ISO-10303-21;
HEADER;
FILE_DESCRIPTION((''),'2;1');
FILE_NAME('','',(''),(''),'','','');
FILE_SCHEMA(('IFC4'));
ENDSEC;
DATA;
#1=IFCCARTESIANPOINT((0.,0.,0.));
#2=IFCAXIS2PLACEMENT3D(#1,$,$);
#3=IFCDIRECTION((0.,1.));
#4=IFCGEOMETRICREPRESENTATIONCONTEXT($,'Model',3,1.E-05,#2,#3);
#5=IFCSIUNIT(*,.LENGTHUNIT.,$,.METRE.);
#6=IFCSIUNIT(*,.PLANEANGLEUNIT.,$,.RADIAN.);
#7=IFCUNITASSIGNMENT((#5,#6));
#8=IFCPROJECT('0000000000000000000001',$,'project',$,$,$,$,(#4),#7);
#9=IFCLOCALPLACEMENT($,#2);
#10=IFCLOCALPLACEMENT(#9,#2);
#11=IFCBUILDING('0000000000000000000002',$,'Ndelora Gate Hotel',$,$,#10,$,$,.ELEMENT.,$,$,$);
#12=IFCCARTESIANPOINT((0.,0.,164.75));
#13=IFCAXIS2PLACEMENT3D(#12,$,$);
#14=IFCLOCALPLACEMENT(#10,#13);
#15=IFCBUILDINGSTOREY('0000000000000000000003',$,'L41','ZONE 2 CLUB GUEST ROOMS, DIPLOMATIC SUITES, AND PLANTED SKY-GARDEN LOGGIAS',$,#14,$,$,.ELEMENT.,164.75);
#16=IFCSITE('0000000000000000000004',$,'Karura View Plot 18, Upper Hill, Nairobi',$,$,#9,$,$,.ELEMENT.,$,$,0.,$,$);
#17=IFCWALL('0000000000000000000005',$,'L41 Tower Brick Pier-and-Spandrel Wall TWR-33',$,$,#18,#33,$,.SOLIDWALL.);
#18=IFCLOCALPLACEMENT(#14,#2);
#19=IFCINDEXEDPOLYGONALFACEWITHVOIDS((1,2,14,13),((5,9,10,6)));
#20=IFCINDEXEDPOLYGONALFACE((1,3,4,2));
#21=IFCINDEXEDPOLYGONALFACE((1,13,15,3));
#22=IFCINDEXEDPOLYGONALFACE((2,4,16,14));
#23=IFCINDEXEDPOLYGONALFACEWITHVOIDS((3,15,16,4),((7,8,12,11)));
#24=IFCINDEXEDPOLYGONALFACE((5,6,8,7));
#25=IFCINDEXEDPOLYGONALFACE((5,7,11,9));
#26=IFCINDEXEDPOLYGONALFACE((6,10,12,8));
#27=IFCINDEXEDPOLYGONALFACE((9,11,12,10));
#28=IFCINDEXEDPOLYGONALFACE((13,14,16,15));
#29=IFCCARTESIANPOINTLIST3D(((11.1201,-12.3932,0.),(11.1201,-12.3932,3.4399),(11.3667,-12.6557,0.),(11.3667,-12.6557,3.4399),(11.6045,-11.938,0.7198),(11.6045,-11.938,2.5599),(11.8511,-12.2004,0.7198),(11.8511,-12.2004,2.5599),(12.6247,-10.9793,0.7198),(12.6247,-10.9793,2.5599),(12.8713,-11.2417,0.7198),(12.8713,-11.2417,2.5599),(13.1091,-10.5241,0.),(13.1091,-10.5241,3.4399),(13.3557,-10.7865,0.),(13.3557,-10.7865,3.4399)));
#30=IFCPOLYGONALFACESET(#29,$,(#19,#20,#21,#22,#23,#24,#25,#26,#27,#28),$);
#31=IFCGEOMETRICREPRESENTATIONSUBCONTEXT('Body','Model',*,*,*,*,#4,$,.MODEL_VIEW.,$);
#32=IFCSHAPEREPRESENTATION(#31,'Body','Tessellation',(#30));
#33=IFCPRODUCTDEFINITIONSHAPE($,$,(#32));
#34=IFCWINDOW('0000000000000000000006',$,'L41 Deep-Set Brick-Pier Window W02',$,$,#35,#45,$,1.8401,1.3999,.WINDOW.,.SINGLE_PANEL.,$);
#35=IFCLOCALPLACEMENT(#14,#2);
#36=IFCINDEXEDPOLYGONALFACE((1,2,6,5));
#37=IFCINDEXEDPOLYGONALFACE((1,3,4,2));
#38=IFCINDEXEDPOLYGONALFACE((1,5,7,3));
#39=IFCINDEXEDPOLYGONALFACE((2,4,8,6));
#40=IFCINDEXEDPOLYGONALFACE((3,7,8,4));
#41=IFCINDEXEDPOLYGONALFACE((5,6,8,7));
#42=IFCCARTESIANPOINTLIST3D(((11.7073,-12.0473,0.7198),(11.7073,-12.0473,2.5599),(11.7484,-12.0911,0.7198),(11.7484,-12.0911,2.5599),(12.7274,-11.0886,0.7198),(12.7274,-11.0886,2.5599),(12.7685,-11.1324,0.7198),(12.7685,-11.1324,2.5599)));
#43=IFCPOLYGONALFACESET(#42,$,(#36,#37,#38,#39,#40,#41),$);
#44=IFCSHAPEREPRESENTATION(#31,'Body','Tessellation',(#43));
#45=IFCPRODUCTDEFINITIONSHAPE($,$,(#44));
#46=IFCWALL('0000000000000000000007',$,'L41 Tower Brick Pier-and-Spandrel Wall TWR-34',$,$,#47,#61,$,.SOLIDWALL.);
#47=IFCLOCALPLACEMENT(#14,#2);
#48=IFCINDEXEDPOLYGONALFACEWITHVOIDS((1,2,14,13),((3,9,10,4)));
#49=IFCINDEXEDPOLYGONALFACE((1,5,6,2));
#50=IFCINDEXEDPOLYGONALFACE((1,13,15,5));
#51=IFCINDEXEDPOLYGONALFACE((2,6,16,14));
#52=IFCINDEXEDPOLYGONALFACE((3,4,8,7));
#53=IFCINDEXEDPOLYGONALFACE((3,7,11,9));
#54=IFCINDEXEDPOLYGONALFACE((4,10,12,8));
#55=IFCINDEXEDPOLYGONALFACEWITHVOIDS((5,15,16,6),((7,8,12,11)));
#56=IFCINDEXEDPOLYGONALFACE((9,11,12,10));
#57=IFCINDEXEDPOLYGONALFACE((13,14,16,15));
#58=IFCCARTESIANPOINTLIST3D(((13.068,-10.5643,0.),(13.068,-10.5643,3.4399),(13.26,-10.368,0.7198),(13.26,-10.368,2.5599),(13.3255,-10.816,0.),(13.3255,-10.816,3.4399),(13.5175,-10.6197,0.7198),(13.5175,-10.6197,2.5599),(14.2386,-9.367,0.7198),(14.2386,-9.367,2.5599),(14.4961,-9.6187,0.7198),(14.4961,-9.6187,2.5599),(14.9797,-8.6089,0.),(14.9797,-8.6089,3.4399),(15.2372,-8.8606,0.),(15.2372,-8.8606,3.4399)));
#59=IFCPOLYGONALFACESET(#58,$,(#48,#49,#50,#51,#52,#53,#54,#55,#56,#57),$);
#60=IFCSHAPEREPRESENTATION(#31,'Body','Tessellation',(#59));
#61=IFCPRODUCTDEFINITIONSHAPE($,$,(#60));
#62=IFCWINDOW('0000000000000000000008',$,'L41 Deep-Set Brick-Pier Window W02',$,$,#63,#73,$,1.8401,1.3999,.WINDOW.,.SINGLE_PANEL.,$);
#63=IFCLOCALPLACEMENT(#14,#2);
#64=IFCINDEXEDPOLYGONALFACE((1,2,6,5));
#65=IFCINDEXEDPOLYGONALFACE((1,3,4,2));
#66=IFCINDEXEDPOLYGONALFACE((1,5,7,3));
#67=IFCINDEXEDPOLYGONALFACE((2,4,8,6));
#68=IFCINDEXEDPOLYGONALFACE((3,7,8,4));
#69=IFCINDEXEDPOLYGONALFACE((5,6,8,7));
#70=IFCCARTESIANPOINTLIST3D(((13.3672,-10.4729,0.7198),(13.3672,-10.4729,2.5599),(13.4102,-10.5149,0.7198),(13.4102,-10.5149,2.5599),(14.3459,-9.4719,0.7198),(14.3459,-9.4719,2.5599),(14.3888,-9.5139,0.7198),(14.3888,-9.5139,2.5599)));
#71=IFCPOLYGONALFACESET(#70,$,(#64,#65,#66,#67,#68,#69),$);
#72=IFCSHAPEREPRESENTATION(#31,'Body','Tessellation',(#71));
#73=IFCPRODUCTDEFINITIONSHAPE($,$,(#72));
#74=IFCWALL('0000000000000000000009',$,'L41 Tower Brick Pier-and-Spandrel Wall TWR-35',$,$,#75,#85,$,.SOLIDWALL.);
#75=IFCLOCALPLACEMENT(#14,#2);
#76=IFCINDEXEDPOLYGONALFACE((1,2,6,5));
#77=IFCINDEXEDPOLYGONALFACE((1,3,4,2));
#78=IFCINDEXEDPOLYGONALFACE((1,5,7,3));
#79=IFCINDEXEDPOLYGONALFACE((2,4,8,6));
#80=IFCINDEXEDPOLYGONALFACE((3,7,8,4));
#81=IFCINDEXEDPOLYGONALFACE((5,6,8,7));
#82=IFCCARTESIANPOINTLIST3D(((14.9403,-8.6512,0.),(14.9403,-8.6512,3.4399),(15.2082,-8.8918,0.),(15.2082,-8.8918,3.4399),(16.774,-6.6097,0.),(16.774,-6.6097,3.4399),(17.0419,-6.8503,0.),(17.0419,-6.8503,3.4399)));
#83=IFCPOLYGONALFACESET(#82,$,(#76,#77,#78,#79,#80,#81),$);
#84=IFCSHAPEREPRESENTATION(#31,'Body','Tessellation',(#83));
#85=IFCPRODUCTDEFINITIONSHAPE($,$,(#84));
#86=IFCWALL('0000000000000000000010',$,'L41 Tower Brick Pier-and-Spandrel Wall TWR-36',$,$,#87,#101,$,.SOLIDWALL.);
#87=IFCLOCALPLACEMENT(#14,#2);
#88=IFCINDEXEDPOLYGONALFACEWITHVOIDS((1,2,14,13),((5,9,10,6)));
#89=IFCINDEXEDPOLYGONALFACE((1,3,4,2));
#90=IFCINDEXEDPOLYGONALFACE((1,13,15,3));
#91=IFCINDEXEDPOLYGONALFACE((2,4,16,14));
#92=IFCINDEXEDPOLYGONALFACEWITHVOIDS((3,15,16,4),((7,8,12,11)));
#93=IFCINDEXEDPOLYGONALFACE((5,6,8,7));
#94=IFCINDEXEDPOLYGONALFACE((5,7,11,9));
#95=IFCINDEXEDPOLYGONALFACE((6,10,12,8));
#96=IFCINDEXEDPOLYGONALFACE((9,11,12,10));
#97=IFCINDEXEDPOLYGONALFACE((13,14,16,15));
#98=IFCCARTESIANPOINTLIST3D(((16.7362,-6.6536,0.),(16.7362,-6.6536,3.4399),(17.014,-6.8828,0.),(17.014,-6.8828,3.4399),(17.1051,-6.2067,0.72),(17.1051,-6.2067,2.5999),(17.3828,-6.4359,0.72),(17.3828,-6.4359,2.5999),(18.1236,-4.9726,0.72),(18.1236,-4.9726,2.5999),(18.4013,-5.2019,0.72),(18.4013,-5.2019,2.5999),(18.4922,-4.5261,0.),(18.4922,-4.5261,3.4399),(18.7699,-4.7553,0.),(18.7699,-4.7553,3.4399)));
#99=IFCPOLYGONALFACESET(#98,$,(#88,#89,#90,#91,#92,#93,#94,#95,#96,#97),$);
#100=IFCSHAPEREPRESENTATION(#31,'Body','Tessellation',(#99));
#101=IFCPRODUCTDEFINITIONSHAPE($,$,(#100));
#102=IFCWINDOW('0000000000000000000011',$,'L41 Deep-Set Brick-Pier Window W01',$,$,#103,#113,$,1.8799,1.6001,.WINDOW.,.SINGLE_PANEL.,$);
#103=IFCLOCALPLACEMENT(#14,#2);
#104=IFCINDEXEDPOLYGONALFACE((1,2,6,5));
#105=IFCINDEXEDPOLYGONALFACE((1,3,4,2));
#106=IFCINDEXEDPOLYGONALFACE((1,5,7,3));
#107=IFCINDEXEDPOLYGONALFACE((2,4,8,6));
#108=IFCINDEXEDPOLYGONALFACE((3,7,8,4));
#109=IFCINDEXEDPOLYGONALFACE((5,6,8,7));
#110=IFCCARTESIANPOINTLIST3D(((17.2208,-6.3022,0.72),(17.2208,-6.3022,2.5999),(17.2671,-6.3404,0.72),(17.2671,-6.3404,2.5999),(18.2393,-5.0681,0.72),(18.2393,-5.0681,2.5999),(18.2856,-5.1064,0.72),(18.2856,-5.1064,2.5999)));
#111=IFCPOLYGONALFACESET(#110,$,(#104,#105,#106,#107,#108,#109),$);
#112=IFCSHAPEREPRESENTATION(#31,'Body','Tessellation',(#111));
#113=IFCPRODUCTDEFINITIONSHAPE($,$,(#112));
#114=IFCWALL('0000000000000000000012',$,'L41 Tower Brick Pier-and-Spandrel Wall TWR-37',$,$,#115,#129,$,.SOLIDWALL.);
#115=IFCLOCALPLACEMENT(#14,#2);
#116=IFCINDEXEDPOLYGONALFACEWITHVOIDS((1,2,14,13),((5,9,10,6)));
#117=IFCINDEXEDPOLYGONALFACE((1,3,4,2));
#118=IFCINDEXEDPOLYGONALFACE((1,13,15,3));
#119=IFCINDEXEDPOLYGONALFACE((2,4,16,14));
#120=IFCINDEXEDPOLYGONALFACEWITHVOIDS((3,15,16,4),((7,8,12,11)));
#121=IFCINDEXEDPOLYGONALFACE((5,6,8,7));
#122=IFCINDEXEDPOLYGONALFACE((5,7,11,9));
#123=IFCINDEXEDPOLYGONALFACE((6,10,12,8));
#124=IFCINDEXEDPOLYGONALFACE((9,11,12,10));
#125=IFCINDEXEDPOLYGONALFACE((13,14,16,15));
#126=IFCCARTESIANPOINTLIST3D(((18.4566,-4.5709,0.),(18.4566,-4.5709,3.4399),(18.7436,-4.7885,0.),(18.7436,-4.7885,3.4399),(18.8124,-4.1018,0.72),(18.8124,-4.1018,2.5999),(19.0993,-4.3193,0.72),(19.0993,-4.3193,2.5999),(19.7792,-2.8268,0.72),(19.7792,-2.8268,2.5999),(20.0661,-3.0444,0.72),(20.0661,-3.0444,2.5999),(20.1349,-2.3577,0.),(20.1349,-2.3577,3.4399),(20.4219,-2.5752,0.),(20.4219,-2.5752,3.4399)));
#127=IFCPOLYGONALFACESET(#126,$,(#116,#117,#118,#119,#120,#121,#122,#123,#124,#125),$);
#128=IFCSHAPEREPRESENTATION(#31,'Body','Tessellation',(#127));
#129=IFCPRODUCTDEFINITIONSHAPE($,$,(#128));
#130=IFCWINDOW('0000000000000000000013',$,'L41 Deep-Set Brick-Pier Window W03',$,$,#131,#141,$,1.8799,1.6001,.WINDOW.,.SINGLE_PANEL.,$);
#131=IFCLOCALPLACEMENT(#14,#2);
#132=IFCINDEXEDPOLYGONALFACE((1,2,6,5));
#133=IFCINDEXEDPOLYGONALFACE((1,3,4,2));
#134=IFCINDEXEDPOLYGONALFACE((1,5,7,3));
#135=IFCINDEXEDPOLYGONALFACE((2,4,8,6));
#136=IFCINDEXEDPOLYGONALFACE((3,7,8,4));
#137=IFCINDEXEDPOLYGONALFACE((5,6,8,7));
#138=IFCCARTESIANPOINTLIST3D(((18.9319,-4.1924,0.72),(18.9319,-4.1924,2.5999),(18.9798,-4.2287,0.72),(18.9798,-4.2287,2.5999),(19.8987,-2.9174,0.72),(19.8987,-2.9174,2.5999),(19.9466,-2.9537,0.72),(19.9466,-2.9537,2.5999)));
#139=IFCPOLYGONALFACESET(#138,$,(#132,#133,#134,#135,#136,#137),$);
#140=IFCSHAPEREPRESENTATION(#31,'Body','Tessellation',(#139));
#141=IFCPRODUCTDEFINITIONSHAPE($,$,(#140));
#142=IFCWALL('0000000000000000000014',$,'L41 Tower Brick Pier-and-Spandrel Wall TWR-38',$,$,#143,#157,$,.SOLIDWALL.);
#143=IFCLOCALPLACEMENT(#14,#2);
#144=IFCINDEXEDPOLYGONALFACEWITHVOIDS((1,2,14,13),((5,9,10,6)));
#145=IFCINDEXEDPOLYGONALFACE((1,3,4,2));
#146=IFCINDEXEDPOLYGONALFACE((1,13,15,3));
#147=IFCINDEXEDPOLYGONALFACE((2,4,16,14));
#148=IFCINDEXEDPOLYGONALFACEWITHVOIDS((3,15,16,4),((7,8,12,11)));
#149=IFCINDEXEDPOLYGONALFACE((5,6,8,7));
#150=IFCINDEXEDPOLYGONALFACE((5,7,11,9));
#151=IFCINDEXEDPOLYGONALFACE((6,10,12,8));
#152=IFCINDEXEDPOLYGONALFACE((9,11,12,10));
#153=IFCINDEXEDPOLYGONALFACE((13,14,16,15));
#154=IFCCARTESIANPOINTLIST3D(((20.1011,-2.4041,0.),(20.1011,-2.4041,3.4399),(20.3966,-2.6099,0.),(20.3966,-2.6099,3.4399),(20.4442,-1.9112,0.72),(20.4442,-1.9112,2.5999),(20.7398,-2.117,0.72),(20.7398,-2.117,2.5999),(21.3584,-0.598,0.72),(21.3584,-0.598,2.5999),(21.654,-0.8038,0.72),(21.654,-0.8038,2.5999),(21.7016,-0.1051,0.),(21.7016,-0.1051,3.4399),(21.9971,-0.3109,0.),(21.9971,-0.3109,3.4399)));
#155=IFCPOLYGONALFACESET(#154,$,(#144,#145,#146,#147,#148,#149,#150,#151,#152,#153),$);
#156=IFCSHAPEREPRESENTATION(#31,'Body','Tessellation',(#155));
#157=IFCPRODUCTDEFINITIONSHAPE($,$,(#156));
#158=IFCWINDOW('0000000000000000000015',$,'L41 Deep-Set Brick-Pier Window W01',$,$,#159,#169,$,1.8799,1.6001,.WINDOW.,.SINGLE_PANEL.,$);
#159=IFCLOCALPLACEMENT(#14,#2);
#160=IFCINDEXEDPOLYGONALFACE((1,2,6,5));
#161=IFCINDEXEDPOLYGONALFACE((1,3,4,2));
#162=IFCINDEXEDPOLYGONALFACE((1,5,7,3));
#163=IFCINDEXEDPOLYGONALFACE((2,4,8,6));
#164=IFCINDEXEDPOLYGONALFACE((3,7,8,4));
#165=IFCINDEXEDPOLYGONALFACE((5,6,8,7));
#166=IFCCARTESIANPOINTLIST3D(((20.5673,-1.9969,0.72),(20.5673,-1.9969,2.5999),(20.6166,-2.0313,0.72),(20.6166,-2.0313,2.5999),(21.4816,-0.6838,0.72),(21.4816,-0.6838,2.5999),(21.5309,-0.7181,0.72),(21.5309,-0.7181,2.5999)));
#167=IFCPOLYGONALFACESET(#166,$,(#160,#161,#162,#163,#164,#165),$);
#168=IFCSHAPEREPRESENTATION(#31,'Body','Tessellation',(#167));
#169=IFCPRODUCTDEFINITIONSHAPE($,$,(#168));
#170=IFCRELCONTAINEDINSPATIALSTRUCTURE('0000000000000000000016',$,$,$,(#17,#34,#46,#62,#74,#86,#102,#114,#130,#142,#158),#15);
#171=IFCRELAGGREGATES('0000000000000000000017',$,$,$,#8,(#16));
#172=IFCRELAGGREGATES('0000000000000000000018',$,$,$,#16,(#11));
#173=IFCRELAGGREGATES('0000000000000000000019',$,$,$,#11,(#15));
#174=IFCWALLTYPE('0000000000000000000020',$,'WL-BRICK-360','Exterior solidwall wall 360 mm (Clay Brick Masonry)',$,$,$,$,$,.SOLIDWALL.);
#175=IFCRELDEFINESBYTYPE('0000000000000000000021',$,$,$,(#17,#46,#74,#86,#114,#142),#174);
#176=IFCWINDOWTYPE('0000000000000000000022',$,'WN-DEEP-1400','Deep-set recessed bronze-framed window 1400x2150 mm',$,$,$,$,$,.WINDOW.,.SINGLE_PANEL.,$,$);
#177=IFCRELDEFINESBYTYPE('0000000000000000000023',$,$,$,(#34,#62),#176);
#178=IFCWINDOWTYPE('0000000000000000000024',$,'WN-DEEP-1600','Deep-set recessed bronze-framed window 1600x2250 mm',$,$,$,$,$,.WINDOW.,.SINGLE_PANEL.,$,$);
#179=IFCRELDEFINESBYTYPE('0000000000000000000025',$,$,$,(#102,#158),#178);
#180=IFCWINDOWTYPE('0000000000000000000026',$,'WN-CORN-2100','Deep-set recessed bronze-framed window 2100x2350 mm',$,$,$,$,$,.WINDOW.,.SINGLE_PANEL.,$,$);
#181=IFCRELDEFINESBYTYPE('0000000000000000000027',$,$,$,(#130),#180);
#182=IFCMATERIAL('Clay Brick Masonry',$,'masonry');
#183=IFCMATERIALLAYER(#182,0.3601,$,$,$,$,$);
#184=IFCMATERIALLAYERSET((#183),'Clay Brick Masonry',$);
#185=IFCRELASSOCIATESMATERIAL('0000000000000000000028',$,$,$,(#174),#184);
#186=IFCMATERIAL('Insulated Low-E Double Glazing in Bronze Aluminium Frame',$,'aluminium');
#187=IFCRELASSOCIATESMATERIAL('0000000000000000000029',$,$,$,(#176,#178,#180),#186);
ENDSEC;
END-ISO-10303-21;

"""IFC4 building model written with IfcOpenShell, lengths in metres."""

from ifc_helpers import new_model, si_unit, direction, frame, frame_2d, origin, place, context, subcontext, project, spatial, rectangle, extrude, material, layer, layer_set, type_object, element, fill, save


model = new_model("IFC4")

# Units and contexts
model_context = context("Model", 3, precision=1e-05, world=origin(), true_north=direction((0.0, 1.0)))
body_context = subcontext(model_context, "Body", "Model", "MODEL_VIEW")
ifc_project = project(units=[si_unit("LENGTHUNIT", "METRE"), si_unit("PLANEANGLEUNIT", "RADIAN")], contexts=[model_context])

# Site, building, storey
site_placement = place(None, origin())
site = spatial("IfcSite", under=ifc_project, at=site_placement, Name="Karura View Plot 18, Upper Hill, Nairobi", CompositionType="ELEMENT", RefElevation=0.0)
building_placement = place(site_placement, origin())
building = spatial("IfcBuilding", under=site, at=building_placement, Name="Ndelora Gate Hotel", CompositionType="ELEMENT")
storey_placement = place(building_placement, frame((0.0, 0.0, 164.75)))
storey = spatial("IfcBuildingStorey", under=building, at=storey_placement, Name="L41", Description="ZONE 2 CLUB GUEST ROOMS, DIPLOMATIC SUITES, AND PLANTED SKY-GARDEN LOGGIAS", CompositionType="ELEMENT", Elevation=164.75)

# Shared definitions
ifc_material_1 = material(Name="Clay Brick Masonry", Category="masonry")
ifc_layer_1 = layer(ifc_material_1, 0.3601)
ifc_layer_set_1 = layer_set([ifc_layer_1], Name="Clay Brick Masonry")
wall_type_1 = type_object("IfcWallType", Name="WL-BRICK-360", Description="Exterior solidwall wall 360 mm (Clay Brick Masonry)", PredefinedType="SOLIDWALL", material=ifc_layer_set_1)

# Walls, openings, windows
ifc_material_2 = material(Name="Insulated Low-E Double Glazing in Bronze Aluminium Frame", Category="aluminium")
window_type_1 = type_object("IfcWindowType", Name="WN-DEEP-1400", Description="Deep-set recessed bronze-framed window 1400x2150 mm", PartitioningType="SINGLE_PANEL", PredefinedType="WINDOW", material=ifc_material_2)
wall_1_placement = place(storey_placement, frame((13.2324, -10.6553, 0.0), z_axis=(0.0, 0.0, 1.0), x_axis=(-0.728725, -0.684806, 0.0)))
wall_1 = element("IfcWall", 1, at=wall_1_placement, inside=storey, type_object=wall_type_1, Name="L41 Tower Brick Pier-and-Spandrel Wall TWR-33", PredefinedType="SOLIDWALL", context=body_context, shape_type="SweptSolid", body=[
    extrude(rectangle(XDim=2.7295, YDim=0.3601, at=frame_2d((1.3647, 0.0))), origin(), (0.0, 0.0, 1.0), 3.4399),
])
opening_1_placement = place(wall_1_placement, frame((0.6648, 0.0, 0.72)))
opening_1 = element("IfcOpeningElement", 2, at=opening_1_placement, cuts=wall_1, PredefinedType="OPENING", context=body_context, shape_type="SweptSolid", body=[
    extrude(rectangle(XDim=1.3999, YDim=1.8401, at=frame_2d((0.7, 0.9199))), frame((0.0, 0.1899, 0.0), z_axis=(0.0, -1.0, 0.0), x_axis=(1.0, 0.0, 0.0)), (0.0, 0.0, 1.0), 0.3801),
])
window_1_placement = place(opening_1_placement, origin())
window_1 = element("IfcWindow", 3, at=window_1_placement, inside=storey, type_object=window_type_1, Name="L41 Deep-Set Brick-Pier Window W02", OverallHeight=1.8401, OverallWidth=1.3999, PartitioningType="SINGLE_PANEL", PredefinedType="WINDOW", context=body_context, shape_type="SweptSolid", body=[
    extrude(rectangle(XDim=1.3999, YDim=1.8401, at=frame_2d((0.7, 0.9199))), frame((0.0, 0.03, 0.0), z_axis=(0.0, -1.0, 0.0), x_axis=(1.0, 0.0, 0.0)), (0.0, 0.0, 1.0), 0.0601),
])
fill(opening_1, window_1)
wall_2_placement = place(storey_placement, frame((15.1084, -8.7349, 0.0), z_axis=(0.0, 0.0, 1.0), x_axis=(-0.699071, -0.715052, 0.0)))
wall_2 = element("IfcWall", 4, at=wall_2_placement, inside=storey, type_object=wall_type_1, Name="L41 Tower Brick Pier-and-Spandrel Wall TWR-34", PredefinedType="SOLIDWALL", context=body_context, shape_type="SweptSolid", body=[
    extrude(rectangle(XDim=2.7346, YDim=0.3601, at=frame_2d((1.3672, 0.0))), origin(), (0.0, 0.0, 1.0), 3.4399),
])
opening_2_placement = place(wall_2_placement, frame((1.0601, 0.0, 0.72)))
opening_2 = element("IfcOpeningElement", 5, at=opening_2_placement, cuts=wall_2, PredefinedType="OPENING", context=body_context, shape_type="SweptSolid", body=[
    extrude(rectangle(XDim=1.3999, YDim=1.8401, at=frame_2d((0.7, 0.9199))), frame((0.0, 0.1899, 0.0), z_axis=(0.0, -1.0, 0.0), x_axis=(1.0, 0.0, 0.0)), (0.0, 0.0, 1.0), 0.3801),
])
window_2_placement = place(opening_2_placement, origin())
window_2 = element("IfcWindow", 6, at=window_2_placement, inside=storey, type_object=window_type_1, Name="L41 Deep-Set Brick-Pier Window W02", OverallHeight=1.8401, OverallWidth=1.3999, PartitioningType="SINGLE_PANEL", PredefinedType="WINDOW", context=body_context, shape_type="SweptSolid", body=[
    extrude(rectangle(XDim=1.3999, YDim=1.8401, at=frame_2d((0.7, 0.9199))), frame((0.0, 0.03, 0.0), z_axis=(0.0, -1.0, 0.0), x_axis=(1.0, 0.0, 0.0)), (0.0, 0.0, 1.0), 0.0601),
])
fill(opening_2, window_2)

# Wall
wall_3_placement = place(storey_placement, frame((16.908, -6.73, 0.0), z_axis=(0.0, 0.0, 1.0), x_axis=(-0.668237, -0.743949, 0.0)))
element("IfcWall", 7, at=wall_3_placement, inside=storey, type_object=wall_type_1, Name="L41 Tower Brick Pier-and-Spandrel Wall TWR-35", PredefinedType="SOLIDWALL", context=body_context, shape_type="SweptSolid", body=[
    extrude(rectangle(XDim=2.7441, YDim=0.3601, at=frame_2d((1.3721, 0.0))), origin(), (0.0, 0.0, 1.0), 3.4399),
])

# Walls, openings, windows
wall_4_placement = place(storey_placement, frame((18.6311, -4.6406, 0.0), z_axis=(0.0, 0.0, 1.0), x_axis=(-0.636538, -0.771245, 0.0)))
wall_4 = element("IfcWall", 8, at=wall_4_placement, inside=storey, type_object=wall_type_1, Name="L41 Tower Brick Pier-and-Spandrel Wall TWR-36", PredefinedType="SOLIDWALL", context=body_context, shape_type="SweptSolid", body=[
    extrude(rectangle(XDim=2.7585, YDim=0.3601, at=frame_2d((1.3794, 0.0))), origin(), (0.0, 0.0, 1.0), 3.4399),
])
opening_3_placement = place(wall_4_placement, frame((0.5791, 0.0, 0.72)))
opening_3 = element("IfcOpeningElement", 9, at=opening_3_placement, cuts=wall_4, PredefinedType="OPENING", context=body_context, shape_type="SweptSolid", body=[
    extrude(rectangle(XDim=1.6001, YDim=1.8799, at=frame_2d((0.8, 0.9399))), frame((0.0, 0.1899, 0.0), z_axis=(0.0, -1.0, 0.0), x_axis=(1.0, 0.0, 0.0)), (0.0, 0.0, 1.0), 0.3801),
])
window_type_2 = type_object("IfcWindowType", Name="WN-DEEP-1600", Description="Deep-set recessed bronze-framed window 1600x2250 mm", PartitioningType="SINGLE_PANEL", PredefinedType="WINDOW", material=ifc_material_2)
window_3_placement = place(opening_3_placement, origin())
window_3 = element("IfcWindow", 10, at=window_3_placement, inside=storey, type_object=window_type_2, Name="L41 Deep-Set Brick-Pier Window W01", OverallHeight=1.8799, OverallWidth=1.6001, PartitioningType="SINGLE_PANEL", PredefinedType="WINDOW", context=body_context, shape_type="SweptSolid", body=[
    extrude(rectangle(XDim=1.6001, YDim=1.8799, at=frame_2d((0.8, 0.9399))), frame((0.0, 0.03, 0.0), z_axis=(0.0, -1.0, 0.0), x_axis=(1.0, 0.0, 0.0)), (0.0, 0.0, 1.0), 0.0601),
])
fill(opening_3, window_3)
wall_5_placement = place(storey_placement, frame((20.2783, -2.4666, 0.0), z_axis=(0.0, 0.0, 1.0), x_axis=(-0.604225, -0.796814, 0.0)))
wall_5 = element("IfcWall", 11, at=wall_5_placement, inside=storey, type_object=wall_type_1, Name="L41 Tower Brick Pier-and-Spandrel Wall TWR-37", PredefinedType="SOLIDWALL", context=body_context, shape_type="SweptSolid", body=[
    extrude(rectangle(XDim=2.7776, YDim=0.3601, at=frame_2d((1.3887, 0.0))), origin(), (0.0, 0.0, 1.0), 3.4399),
])
opening_4_placement = place(wall_5_placement, frame((0.5886, 0.0, 0.72)))
opening_4 = element("IfcOpeningElement", 12, at=opening_4_placement, cuts=wall_5, PredefinedType="OPENING", context=body_context, shape_type="SweptSolid", body=[
    extrude(rectangle(XDim=1.6001, YDim=1.8799, at=frame_2d((0.8, 0.9399))), frame((0.0, 0.1899, 0.0), z_axis=(0.0, -1.0, 0.0), x_axis=(1.0, 0.0, 0.0)), (0.0, 0.0, 1.0), 0.3801),
])
window_type_3 = type_object("IfcWindowType", Name="WN-CORN-2100", Description="Deep-set recessed bronze-framed window 2100x2350 mm", PartitioningType="SINGLE_PANEL", PredefinedType="WINDOW", material=ifc_material_2)
window_4_placement = place(opening_4_placement, origin())
window_4 = element("IfcWindow", 13, at=window_4_placement, inside=storey, type_object=window_type_3, Name="L41 Deep-Set Brick-Pier Window W03", OverallHeight=1.8799, OverallWidth=1.6001, PartitioningType="SINGLE_PANEL", PredefinedType="WINDOW", context=body_context, shape_type="SweptSolid", body=[
    extrude(rectangle(XDim=1.6001, YDim=1.8799, at=frame_2d((0.8, 0.9399))), frame((0.0, 0.03, 0.0), z_axis=(0.0, -1.0, 0.0), x_axis=(1.0, 0.0, 0.0)), (0.0, 0.0, 1.0), 0.0601),
])
fill(opening_4, window_4)
wall_6_placement = place(storey_placement, frame((21.8494, -0.208, 0.0), z_axis=(0.0, 0.0, 1.0), x_axis=(-0.571361, -0.820699, 0.0)))
wall_6 = element("IfcWall", 14, at=wall_6_placement, inside=storey, type_object=wall_type_1, Name="L41 Tower Brick Pier-and-Spandrel Wall TWR-38", PredefinedType="SOLIDWALL", context=body_context, shape_type="SweptSolid", body=[
    extrude(rectangle(XDim=2.8013, YDim=0.3601, at=frame_2d((1.4006, 0.0))), origin(), (0.0, 0.0, 1.0), 3.4399),
])
opening_5_placement = place(wall_6_placement, frame((0.6006, 0.0, 0.72)))
opening_5 = element("IfcOpeningElement", 15, at=opening_5_placement, cuts=wall_6, PredefinedType="OPENING", context=body_context, shape_type="SweptSolid", body=[
    extrude(rectangle(XDim=1.6001, YDim=1.8799, at=frame_2d((0.8, 0.9399))), frame((0.0, 0.1899, 0.0), z_axis=(0.0, -1.0, 0.0), x_axis=(1.0, 0.0, 0.0)), (0.0, 0.0, 1.0), 0.3801),
])
window_5_placement = place(opening_5_placement, origin())
window_5 = element("IfcWindow", 16, at=window_5_placement, inside=storey, type_object=window_type_2, Name="L41 Deep-Set Brick-Pier Window W01", OverallHeight=1.8799, OverallWidth=1.6001, PartitioningType="SINGLE_PANEL", PredefinedType="WINDOW", context=body_context, shape_type="SweptSolid", body=[
    extrude(rectangle(XDim=1.6001, YDim=1.8799, at=frame_2d((0.8, 0.9399))), frame((0.0, 0.03, 0.0), z_axis=(0.0, -1.0, 0.0), x_axis=(1.0, 0.0, 0.0)), (0.0, 0.0, 1.0), 0.0601),
])
fill(opening_5, window_5)

save(model, "model.ifc")
